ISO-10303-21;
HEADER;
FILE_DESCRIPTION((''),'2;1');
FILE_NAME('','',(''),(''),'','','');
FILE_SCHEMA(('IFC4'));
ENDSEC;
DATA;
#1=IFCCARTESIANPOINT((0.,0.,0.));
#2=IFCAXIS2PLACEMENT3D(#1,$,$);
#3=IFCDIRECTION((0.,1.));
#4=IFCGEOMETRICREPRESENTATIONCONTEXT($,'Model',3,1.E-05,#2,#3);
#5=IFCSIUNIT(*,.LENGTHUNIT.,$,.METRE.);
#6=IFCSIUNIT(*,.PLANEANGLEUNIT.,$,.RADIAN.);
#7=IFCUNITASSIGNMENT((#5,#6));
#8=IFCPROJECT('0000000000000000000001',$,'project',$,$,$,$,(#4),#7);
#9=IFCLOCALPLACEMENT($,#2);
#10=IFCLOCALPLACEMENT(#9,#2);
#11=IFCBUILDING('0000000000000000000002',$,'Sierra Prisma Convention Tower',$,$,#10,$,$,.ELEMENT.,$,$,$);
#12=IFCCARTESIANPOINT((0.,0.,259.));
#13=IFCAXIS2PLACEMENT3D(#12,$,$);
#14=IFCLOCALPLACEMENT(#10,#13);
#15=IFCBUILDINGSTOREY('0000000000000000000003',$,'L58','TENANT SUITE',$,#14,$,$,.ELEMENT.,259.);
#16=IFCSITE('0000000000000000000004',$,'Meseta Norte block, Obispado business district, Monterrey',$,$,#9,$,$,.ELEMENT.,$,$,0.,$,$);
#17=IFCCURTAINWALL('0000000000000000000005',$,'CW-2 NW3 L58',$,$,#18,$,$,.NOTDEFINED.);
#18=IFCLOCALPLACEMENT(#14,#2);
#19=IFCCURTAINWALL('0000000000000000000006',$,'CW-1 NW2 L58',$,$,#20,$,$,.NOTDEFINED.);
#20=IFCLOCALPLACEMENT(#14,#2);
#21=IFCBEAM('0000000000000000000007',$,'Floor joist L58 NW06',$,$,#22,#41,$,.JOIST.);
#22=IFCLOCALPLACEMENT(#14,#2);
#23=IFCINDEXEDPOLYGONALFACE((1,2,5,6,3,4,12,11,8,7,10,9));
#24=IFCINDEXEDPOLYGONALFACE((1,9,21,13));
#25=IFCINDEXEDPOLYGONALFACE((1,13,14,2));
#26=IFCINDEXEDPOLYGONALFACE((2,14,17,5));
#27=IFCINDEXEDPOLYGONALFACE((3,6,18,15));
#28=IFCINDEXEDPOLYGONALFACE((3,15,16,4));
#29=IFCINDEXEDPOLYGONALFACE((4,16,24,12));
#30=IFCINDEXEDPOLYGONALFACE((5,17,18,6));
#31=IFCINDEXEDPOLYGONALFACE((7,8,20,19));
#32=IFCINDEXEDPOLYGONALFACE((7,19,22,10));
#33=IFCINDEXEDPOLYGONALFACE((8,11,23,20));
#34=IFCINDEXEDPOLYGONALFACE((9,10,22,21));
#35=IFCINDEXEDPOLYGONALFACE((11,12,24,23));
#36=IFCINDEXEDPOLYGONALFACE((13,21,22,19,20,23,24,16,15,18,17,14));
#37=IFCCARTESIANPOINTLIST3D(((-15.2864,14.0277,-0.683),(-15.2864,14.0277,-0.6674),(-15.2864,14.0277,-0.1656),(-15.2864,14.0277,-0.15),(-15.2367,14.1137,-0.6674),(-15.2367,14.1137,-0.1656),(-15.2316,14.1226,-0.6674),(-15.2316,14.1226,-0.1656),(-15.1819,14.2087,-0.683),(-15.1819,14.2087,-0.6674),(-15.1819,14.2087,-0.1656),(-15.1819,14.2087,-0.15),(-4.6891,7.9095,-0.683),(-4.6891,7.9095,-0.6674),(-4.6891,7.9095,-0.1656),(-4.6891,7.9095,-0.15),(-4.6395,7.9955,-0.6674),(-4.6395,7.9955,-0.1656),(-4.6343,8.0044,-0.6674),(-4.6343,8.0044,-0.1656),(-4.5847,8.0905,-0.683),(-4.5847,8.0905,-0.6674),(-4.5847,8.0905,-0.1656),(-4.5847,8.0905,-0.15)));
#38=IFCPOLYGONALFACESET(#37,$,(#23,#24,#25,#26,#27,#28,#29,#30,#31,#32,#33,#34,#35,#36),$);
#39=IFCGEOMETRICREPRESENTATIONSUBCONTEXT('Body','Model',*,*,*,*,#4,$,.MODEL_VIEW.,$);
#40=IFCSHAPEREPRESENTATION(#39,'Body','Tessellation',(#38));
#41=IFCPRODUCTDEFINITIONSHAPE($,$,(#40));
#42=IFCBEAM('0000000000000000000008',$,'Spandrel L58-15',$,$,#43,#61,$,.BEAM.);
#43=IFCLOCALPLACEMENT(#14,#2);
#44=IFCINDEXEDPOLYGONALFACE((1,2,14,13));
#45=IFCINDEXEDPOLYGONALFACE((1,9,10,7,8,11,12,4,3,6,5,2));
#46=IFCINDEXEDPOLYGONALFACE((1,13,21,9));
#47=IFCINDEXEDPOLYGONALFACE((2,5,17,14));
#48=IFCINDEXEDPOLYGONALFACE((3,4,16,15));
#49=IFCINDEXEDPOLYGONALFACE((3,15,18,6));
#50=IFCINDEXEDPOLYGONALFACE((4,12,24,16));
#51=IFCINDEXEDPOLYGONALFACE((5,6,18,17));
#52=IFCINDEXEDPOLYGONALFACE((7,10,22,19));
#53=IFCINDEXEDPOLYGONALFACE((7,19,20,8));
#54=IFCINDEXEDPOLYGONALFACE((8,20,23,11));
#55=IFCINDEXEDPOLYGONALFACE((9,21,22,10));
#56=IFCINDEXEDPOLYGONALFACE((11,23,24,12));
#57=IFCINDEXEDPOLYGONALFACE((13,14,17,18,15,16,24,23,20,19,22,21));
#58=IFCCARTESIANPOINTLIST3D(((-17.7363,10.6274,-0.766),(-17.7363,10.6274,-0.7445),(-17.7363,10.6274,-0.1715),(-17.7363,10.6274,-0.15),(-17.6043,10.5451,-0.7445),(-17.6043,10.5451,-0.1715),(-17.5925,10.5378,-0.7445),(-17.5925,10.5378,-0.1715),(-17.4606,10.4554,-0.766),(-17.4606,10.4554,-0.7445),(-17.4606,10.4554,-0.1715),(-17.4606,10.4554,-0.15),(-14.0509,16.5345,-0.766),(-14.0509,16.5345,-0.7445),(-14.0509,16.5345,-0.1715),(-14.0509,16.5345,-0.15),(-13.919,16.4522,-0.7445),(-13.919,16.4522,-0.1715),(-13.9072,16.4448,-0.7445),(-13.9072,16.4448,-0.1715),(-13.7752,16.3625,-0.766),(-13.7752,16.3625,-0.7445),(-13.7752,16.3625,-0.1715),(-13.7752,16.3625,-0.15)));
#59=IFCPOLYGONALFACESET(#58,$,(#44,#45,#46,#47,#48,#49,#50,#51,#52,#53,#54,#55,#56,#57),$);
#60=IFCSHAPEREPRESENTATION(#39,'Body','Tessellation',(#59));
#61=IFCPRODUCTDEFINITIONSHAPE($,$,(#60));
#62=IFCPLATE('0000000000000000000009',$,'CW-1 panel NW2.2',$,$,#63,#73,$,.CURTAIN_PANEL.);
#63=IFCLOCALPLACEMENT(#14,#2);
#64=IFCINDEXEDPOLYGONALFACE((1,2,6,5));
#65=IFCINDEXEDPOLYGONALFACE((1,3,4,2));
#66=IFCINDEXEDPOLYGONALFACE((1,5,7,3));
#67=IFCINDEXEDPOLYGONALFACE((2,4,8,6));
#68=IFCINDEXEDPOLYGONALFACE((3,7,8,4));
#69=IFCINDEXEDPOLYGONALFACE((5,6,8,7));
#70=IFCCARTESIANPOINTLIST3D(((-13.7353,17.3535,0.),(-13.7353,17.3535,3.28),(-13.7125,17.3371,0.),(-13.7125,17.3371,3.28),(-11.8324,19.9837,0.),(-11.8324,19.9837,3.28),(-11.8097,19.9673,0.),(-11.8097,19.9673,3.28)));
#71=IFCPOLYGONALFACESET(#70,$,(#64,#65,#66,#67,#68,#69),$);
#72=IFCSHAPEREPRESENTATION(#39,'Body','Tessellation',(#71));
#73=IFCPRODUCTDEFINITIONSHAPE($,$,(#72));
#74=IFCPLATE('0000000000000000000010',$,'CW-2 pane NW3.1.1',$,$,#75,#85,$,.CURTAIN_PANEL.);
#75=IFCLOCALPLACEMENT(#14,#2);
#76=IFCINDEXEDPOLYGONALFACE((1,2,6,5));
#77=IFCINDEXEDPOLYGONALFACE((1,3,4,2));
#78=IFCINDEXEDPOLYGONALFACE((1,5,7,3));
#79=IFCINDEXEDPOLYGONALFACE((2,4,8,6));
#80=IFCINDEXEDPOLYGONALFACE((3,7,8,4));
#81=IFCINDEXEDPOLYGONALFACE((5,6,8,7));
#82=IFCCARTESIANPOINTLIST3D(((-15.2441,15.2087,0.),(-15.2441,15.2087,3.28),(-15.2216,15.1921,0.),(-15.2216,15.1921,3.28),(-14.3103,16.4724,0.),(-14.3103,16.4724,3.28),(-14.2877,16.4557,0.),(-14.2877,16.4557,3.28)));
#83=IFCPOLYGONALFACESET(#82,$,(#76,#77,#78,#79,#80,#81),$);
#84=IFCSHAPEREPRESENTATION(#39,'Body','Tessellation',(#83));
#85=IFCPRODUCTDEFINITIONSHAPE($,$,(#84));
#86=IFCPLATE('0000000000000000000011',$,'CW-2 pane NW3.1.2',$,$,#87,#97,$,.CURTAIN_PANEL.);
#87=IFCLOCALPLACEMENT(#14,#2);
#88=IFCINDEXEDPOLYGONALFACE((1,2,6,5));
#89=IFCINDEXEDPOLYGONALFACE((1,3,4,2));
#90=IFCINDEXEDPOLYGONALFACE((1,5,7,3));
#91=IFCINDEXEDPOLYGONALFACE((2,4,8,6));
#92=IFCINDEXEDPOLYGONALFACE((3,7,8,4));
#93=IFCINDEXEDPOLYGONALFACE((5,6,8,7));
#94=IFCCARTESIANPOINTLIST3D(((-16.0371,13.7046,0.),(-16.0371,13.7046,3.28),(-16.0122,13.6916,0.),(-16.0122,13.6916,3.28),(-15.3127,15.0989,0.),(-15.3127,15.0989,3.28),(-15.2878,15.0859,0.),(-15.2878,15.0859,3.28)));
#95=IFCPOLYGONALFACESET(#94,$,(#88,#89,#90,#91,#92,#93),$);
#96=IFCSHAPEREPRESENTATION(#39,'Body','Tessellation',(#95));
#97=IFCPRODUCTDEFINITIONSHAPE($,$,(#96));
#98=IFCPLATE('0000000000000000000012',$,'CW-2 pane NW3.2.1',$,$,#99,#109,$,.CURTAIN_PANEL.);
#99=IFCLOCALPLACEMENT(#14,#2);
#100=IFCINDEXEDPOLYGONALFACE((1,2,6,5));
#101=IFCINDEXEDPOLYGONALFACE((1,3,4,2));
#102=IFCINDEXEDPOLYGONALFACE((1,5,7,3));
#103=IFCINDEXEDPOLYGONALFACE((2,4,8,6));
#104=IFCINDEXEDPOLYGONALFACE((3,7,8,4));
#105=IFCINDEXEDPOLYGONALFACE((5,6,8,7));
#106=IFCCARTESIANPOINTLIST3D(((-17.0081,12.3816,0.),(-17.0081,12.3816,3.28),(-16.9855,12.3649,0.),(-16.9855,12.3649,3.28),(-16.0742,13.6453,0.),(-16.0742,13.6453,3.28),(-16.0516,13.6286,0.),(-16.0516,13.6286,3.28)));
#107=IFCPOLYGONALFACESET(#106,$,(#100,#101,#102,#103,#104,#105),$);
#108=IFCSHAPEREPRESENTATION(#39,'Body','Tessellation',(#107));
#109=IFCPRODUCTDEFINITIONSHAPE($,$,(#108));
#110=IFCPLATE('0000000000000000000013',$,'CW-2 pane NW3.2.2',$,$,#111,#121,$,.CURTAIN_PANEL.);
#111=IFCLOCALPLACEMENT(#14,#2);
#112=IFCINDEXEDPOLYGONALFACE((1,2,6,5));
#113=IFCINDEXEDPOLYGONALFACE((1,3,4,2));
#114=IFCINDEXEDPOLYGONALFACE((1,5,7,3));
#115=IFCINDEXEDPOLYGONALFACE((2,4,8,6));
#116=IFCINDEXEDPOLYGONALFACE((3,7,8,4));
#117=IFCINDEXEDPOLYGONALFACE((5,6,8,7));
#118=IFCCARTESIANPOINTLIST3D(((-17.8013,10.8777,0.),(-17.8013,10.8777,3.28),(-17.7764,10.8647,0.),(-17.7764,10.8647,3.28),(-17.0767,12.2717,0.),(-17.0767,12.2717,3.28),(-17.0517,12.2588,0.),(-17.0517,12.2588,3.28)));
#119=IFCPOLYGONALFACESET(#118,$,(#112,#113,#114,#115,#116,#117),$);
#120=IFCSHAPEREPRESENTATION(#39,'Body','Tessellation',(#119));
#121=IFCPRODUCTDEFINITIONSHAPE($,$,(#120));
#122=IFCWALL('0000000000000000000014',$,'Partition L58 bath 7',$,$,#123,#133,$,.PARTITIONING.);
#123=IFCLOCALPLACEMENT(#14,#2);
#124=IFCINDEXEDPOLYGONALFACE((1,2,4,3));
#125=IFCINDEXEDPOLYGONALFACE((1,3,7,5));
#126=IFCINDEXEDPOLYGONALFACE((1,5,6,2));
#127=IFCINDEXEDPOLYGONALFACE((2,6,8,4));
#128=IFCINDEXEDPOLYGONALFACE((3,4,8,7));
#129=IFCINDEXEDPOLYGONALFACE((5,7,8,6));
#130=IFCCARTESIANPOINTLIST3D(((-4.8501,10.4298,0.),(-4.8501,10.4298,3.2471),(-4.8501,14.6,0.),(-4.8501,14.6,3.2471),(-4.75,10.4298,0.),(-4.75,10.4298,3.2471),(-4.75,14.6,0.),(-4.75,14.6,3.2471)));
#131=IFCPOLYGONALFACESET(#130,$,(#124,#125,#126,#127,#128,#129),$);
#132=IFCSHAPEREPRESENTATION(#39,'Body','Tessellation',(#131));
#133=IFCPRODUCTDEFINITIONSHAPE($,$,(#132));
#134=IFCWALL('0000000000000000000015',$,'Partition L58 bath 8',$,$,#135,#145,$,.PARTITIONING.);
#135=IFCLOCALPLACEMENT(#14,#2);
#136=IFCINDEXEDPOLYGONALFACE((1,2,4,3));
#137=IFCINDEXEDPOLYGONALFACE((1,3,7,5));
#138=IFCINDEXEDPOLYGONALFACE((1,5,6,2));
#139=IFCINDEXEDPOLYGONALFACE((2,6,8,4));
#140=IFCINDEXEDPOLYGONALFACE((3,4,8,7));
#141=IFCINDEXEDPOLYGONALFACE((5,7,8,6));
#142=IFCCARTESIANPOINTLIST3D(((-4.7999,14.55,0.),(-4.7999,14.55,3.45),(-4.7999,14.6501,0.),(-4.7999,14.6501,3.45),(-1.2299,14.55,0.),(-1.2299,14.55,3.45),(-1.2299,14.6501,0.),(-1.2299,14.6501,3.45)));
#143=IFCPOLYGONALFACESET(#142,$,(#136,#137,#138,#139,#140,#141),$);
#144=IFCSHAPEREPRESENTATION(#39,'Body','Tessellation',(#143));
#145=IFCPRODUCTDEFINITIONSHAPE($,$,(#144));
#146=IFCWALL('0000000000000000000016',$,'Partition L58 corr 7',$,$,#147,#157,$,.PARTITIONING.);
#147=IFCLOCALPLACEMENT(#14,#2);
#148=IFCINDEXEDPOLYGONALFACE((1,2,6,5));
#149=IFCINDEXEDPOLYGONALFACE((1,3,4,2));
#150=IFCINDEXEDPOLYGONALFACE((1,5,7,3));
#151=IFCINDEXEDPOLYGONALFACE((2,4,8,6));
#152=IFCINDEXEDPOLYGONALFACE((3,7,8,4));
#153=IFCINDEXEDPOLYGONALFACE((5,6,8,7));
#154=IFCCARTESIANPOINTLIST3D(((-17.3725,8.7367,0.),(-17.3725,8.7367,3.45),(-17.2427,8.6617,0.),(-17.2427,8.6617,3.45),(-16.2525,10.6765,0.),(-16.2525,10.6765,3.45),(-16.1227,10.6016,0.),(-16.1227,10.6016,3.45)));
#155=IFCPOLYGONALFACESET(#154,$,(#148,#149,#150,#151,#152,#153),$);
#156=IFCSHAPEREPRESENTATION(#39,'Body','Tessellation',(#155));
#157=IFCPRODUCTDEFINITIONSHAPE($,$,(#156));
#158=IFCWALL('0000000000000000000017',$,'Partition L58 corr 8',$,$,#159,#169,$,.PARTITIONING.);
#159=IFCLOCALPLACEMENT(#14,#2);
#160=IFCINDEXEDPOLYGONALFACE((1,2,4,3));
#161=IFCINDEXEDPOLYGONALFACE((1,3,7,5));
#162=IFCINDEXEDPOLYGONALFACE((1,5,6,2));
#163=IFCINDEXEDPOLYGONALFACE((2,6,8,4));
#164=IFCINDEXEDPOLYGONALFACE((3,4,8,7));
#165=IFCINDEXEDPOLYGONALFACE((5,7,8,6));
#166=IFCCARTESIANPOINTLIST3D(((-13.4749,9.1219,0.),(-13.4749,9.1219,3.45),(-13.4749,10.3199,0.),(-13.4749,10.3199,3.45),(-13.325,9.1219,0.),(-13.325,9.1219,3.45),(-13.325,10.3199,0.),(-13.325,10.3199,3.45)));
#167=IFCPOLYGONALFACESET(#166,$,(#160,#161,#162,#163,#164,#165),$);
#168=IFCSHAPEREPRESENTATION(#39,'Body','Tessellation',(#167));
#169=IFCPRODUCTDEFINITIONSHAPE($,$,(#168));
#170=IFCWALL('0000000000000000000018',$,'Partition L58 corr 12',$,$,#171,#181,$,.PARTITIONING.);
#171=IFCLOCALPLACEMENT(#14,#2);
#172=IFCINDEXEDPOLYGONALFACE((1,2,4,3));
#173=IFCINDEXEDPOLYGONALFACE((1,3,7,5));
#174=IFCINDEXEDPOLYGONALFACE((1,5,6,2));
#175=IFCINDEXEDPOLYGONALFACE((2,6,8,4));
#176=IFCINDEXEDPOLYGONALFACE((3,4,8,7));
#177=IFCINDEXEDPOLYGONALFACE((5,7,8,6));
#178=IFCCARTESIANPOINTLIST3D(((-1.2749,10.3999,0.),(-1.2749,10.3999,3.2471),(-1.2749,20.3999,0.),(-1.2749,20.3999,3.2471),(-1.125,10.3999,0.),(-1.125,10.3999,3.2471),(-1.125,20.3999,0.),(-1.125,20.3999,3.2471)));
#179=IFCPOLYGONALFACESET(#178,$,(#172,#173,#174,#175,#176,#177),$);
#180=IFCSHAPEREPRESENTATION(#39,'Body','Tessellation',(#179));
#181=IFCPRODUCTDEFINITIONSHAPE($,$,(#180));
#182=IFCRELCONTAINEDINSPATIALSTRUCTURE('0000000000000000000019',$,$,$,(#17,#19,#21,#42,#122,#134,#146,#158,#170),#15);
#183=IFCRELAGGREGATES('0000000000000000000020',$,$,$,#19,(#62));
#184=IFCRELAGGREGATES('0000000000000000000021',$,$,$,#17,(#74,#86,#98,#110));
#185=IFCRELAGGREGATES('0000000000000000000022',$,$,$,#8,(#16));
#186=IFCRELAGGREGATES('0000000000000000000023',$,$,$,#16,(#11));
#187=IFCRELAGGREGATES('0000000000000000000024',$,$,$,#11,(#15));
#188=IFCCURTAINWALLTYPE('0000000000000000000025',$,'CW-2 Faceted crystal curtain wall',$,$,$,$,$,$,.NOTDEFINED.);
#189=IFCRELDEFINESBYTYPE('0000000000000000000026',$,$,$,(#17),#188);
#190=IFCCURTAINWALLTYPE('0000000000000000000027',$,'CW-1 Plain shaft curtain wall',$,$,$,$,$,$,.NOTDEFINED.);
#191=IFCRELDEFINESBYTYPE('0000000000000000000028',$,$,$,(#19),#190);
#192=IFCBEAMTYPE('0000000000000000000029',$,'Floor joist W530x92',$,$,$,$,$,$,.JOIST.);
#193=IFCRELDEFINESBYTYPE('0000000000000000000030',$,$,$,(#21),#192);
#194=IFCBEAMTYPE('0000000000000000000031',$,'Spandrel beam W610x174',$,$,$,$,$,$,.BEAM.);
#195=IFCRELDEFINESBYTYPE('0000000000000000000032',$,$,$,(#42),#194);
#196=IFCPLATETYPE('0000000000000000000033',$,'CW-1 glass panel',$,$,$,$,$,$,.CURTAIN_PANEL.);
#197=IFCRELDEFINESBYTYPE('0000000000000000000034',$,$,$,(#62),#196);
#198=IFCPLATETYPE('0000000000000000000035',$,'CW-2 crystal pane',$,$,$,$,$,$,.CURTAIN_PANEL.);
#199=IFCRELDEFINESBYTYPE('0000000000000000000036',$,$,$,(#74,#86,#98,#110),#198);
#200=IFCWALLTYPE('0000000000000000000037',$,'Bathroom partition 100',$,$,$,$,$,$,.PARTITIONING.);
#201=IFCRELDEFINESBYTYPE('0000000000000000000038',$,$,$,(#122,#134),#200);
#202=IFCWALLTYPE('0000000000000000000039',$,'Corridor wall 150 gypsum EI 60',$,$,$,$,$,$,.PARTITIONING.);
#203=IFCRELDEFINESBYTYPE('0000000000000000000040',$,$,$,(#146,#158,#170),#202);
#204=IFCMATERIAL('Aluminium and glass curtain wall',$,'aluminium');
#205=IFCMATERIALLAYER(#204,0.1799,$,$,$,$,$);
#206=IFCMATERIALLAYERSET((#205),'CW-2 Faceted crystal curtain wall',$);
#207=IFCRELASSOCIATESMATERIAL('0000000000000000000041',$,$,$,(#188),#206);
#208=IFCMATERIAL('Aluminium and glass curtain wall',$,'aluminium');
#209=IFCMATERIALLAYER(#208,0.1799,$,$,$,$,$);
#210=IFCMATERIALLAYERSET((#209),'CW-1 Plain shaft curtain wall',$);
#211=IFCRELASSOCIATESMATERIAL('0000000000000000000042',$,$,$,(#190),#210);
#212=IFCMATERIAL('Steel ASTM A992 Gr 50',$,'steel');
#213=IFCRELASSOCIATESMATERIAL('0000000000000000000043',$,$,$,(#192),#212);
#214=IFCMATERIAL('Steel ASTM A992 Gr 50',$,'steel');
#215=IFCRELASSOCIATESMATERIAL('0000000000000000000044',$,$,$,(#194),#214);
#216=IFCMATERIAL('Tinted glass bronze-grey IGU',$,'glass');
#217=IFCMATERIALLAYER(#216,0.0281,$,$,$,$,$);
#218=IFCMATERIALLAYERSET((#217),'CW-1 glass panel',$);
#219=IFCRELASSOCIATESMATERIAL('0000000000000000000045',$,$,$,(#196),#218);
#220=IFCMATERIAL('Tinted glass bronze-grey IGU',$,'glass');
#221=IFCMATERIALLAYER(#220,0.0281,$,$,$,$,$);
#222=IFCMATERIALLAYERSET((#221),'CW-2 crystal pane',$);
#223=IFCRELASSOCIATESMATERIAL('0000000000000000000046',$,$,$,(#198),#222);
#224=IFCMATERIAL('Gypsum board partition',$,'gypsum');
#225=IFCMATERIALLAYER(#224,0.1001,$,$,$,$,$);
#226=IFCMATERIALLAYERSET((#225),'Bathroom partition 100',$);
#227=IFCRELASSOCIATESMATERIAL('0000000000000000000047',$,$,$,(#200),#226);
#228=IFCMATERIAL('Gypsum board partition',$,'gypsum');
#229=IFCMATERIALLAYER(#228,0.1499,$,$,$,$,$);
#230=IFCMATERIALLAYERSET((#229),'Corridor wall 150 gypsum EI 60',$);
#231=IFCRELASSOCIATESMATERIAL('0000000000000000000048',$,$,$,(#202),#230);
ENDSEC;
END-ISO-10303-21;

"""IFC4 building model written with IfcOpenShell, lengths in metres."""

from ifc_helpers import new_model, si_unit, direction, frame, frame_2d, origin, origin_2d, place, context, subcontext, project, spatial, polyline, rectangle, i_section, outline, extrude, material, layer, layer_set, material_profile, profile_set, type_object, element, aggregate, save


model = new_model("IFC4")

# Units and contexts
model_context = context("Model", 3, precision=1e-05, world=origin(), true_north=direction((0.0, 1.0)))
body_context = subcontext(model_context, "Body", "Model", "MODEL_VIEW")
ifc_project = project(units=[si_unit("LENGTHUNIT", "METRE"), si_unit("PLANEANGLEUNIT", "RADIAN")], contexts=[model_context])

# Site, building, storey
site_placement = place(None, origin())
site = spatial("IfcSite", under=ifc_project, at=site_placement, Name="Meseta Norte block, Obispado business district, Monterrey", CompositionType="ELEMENT", RefElevation=0.0)
building_placement = place(site_placement, origin())
building = spatial("IfcBuilding", under=site, at=building_placement, Name="Sierra Prisma Convention Tower", CompositionType="ELEMENT")
storey_placement = place(building_placement, frame((0.0, 0.0, 259.0)))
storey = spatial("IfcBuildingStorey", under=building, at=storey_placement, Name="L58", Description="TENANT SUITE", CompositionType="ELEMENT", Elevation=259.0)

# Curtain wall
ifc_material_1 = material(Name="Aluminium and glass curtain wall", Category="aluminium")
ifc_layer_1 = layer(ifc_material_1, 0.1799)
ifc_layer_set_1 = layer_set([ifc_layer_1], Name="CW-2 Faceted crystal curtain wall")
curtain_wall_type_1 = type_object("IfcCurtainWallType", Name="CW-2 Faceted crystal curtain wall", PredefinedType="NOTDEFINED", material=ifc_layer_set_1)
curtain_wall_1_placement = place(storey_placement, origin())
curtain_wall_1 = element("IfcCurtainWall", 1, at=curtain_wall_1_placement, inside=storey, type_object=curtain_wall_type_1, Name="CW-2 NW3 L58", PredefinedType="NOTDEFINED")

# Curtain wall
ifc_material_2 = material(Name="Aluminium and glass curtain wall", Category="aluminium")
ifc_layer_2 = layer(ifc_material_2, 0.1799)
ifc_layer_set_2 = layer_set([ifc_layer_2], Name="CW-1 Plain shaft curtain wall")
curtain_wall_type_2 = type_object("IfcCurtainWallType", Name="CW-1 Plain shaft curtain wall", PredefinedType="NOTDEFINED", material=ifc_layer_set_2)
curtain_wall_2_placement = place(storey_placement, origin())
curtain_wall_2 = element("IfcCurtainWall", 2, at=curtain_wall_2_placement, inside=storey, type_object=curtain_wall_type_2, Name="CW-1 NW2 L58", PredefinedType="NOTDEFINED")

# Beams
ifc_material_3 = material(Name="Steel ASTM A992 Gr 50", Category="steel")
ifc_material_profile_1 = material_profile(ifc_material_3, i_section(OverallWidth=0.209, OverallDepth=0.533, WebThickness=0.0103, FlangeThickness=0.0156, at=origin_2d()), Name="W530x92")
ifc_profile_set_1 = profile_set([ifc_material_profile_1], Name="Steel ASTM A992 Gr 50")
beam_type_1 = type_object("IfcBeamType", Name="Floor joist W530x92", PredefinedType="JOIST", material=ifc_profile_set_1)
beam_1_placement = place(storey_placement, frame((-15.2341, 14.1182, -0.4165), z_axis=(0.866029, -0.499993, 0.0), x_axis=(0.499993, 0.866029, 0.0)))
element("IfcBeam", 3, at=beam_1_placement, inside=storey, type_object=beam_type_1, Name="Floor joist L58 NW06", PredefinedType="JOIST", context=body_context, shape_type="SweptSolid", body=[
    extrude(i_section(OverallWidth=0.209, OverallDepth=0.533, WebThickness=0.0103, FlangeThickness=0.0156, at=origin_2d()), origin(), (0.0, 0.0, 1.0), 12.2366),
])
ifc_material_4 = material(Name="Steel ASTM A992 Gr 50", Category="steel")
ifc_material_profile_2 = material_profile(ifc_material_4, i_section(OverallWidth=0.325, OverallDepth=0.616, WebThickness=0.0139, FlangeThickness=0.0215, at=origin_2d()), Name="W610x174")
ifc_profile_set_2 = profile_set([ifc_material_profile_2], Name="Steel ASTM A992 Gr 50")
beam_type_2 = type_object("IfcBeamType", Name="Spandrel beam W610x174", PredefinedType="BEAM", material=ifc_profile_set_2)
beam_2_placement = place(storey_placement, frame((-13.9131, 16.4485, -0.458), z_axis=(-0.529321, -0.848422, 0.0), x_axis=(0.848422, -0.529321, 0.0)))
element("IfcBeam", 4, at=beam_2_placement, inside=storey, type_object=beam_type_2, Name="Spandrel L58-15", PredefinedType="BEAM", context=body_context, shape_type="SweptSolid", body=[
    extrude(i_section(OverallWidth=0.325, OverallDepth=0.616, WebThickness=0.0139, FlangeThickness=0.0215, at=origin_2d()), origin(), (0.0, 0.0, 1.0), 6.9624),
])

# Plates
ifc_material_5 = material(Name="Tinted glass bronze-grey IGU", Category="glass")
ifc_layer_3 = layer(ifc_material_5, 0.0281)
ifc_layer_set_3 = layer_set([ifc_layer_3], Name="CW-1 glass panel")
plate_type_1 = type_object("IfcPlateType", Name="CW-1 glass panel", PredefinedType="CURTAIN_PANEL", material=ifc_layer_set_3)
plate_1_placement = place(storey_placement, frame((-12.7725, 18.6604, 0.0), z_axis=(0.0, 0.0, 1.0), x_axis=(-0.586158, -0.810197, 0.0)))
plate_1 = element("IfcPlate", 5, at=plate_1_placement, type_object=plate_type_1, Name="CW-1 panel NW2.2", PredefinedType="CURTAIN_PANEL", context=body_context, shape_type="SweptSolid", body=[
    extrude(rectangle(XDim=3.2463, YDim=0.0281, at=origin_2d()), origin(), (0.0, 0.0, 1.0), 3.28),
])
aggregate(curtain_wall_2, [plate_1])
ifc_material_6 = material(Name="Tinted glass bronze-grey IGU", Category="glass")
ifc_layer_4 = layer(ifc_material_6, 0.0281)
ifc_layer_set_4 = layer_set([ifc_layer_4], Name="CW-2 crystal pane")
plate_type_2 = type_object("IfcPlateType", Name="CW-2 crystal pane", PredefinedType="CURTAIN_PANEL", material=ifc_layer_set_4)
plate_2_placement = place(storey_placement, frame((-14.3103, 16.4724, 0.0), z_axis=(-0.804231, 0.594317, 0.0), x_axis=(-0.594317, -0.804231, 0.0)))
plate_2 = element("IfcPlate", 6, at=plate_2_placement, type_object=plate_type_2, Name="CW-2 pane NW3.1.1", PredefinedType="CURTAIN_PANEL", context=body_context, shape_type="SweptSolid", body=[
    extrude(outline(polyline([(0.0, 0.0), (1.5713, 0.0), (1.5713, 3.28), (0.0, 3.28), (0.0, 0.0)])), origin(), (0.0, 0.0, -1.0), 0.0281),
])
plate_3_placement = place(storey_placement, frame((-16.0371, 13.7046, 0.0), z_axis=(-0.88739, 0.46102, 0.0), x_axis=(0.46102, 0.88739, 0.0)))
plate_3 = element("IfcPlate", 7, at=plate_3_placement, type_object=plate_type_2, Name="CW-2 pane NW3.1.2", PredefinedType="CURTAIN_PANEL", context=body_context, shape_type="SweptSolid", body=[
    extrude(outline(polyline([(0.0, 0.0), (1.5712, 0.0), (1.5712, -3.28), (0.0, -3.28), (0.0, 0.0)])), origin(), (0.0, 0.0, -1.0), 0.0281),
])
plate_4_placement = place(storey_placement, frame((-16.0742, 13.6453, 0.0), z_axis=(-0.804231, 0.594317, 0.0), x_axis=(-0.594317, -0.804231, 0.0)))
plate_4 = element("IfcPlate", 8, at=plate_4_placement, type_object=plate_type_2, Name="CW-2 pane NW3.2.1", PredefinedType="CURTAIN_PANEL", context=body_context, shape_type="SweptSolid", body=[
    extrude(outline(polyline([(0.0, 0.0), (1.5713, 0.0), (1.5713, 3.28), (0.0, 3.28), (0.0, 0.0)])), origin(), (0.0, 0.0, -1.0), 0.0281),
])
plate_5_placement = place(storey_placement, frame((-17.8013, 10.8777, 0.0), z_axis=(-0.887293, 0.461206, 0.0), x_axis=(0.461206, 0.887293, 0.0)))
plate_5 = element("IfcPlate", 9, at=plate_5_placement, type_object=plate_type_2, Name="CW-2 pane NW3.2.2", PredefinedType="CURTAIN_PANEL", context=body_context, shape_type="SweptSolid", body=[
    extrude(outline(polyline([(0.0, 0.0), (1.5711, 0.0), (1.5711, -3.28), (0.0, -3.28), (0.0, 0.0)])), origin(), (0.0, 0.0, -1.0), 0.0281),
])
aggregate(curtain_wall_1, [plate_2, plate_3, plate_4, plate_5])

# Walls
ifc_material_7 = material(Name="Gypsum board partition", Category="gypsum")
ifc_layer_5 = layer(ifc_material_7, 0.1001)
ifc_layer_set_5 = layer_set([ifc_layer_5], Name="Bathroom partition 100")
wall_type_1 = type_object("IfcWallType", Name="Bathroom partition 100", PredefinedType="PARTITIONING", material=ifc_layer_set_5)
wall_1_placement = place(storey_placement, frame((-4.8, 10.4299, 0.0), z_axis=(0.0, 0.0, 1.0), x_axis=(0.0, 1.0, 0.0)))
element("IfcWall", 10, at=wall_1_placement, inside=storey, type_object=wall_type_1, Name="Partition L58 bath 7", PredefinedType="PARTITIONING", context=body_context, shape_type="SweptSolid", body=[
    extrude(rectangle(XDim=4.1702, YDim=0.1001, at=frame_2d((2.085, 0.0))), origin(), (0.0, 0.0, 1.0), 3.2471),
])
wall_2_placement = place(storey_placement, frame((-4.8, 14.6001, 0.0), z_axis=(0.0, 0.0, 1.0), x_axis=(1.0, 0.0, 0.0)))
element("IfcWall", 11, at=wall_2_placement, inside=storey, type_object=wall_type_1, Name="Partition L58 bath 8", PredefinedType="PARTITIONING", context=body_context, shape_type="SweptSolid", body=[
    extrude(rectangle(XDim=3.5701, YDim=0.1001, at=frame_2d((1.7852, 0.0))), origin(), (0.0, 0.0, 1.0), 3.45),
])
ifc_material_8 = material(Name="Gypsum board partition", Category="gypsum")
ifc_layer_6 = layer(ifc_material_8, 0.1499)
ifc_layer_set_6 = layer_set([ifc_layer_6], Name="Corridor wall 150 gypsum EI 60")
wall_type_2 = type_object("IfcWallType", Name="Corridor wall 150 gypsum EI 60", PredefinedType="PARTITIONING", material=ifc_layer_set_6)
wall_3_placement = place(storey_placement, frame((-16.1875, 10.6392, 0.0), z_axis=(0.0, 0.0, 1.0), x_axis=(-0.500031, -0.866008, 0.0)))
element("IfcWall", 12, at=wall_3_placement, inside=storey, type_object=wall_type_2, Name="Partition L58 corr 7", PredefinedType="PARTITIONING", context=body_context, shape_type="SweptSolid", body=[
    extrude(rectangle(XDim=2.24, YDim=0.1499, at=frame_2d((1.1201, 0.0))), origin(), (0.0, 0.0, 1.0), 3.45),
])
wall_4_placement = place(storey_placement, frame((-13.3999, 10.3201, 0.0), z_axis=(0.0, 0.0, 1.0), x_axis=(0.0, -1.0, 0.0)))
element("IfcWall", 13, at=wall_4_placement, inside=storey, type_object=wall_type_2, Name="Partition L58 corr 8", PredefinedType="PARTITIONING", context=body_context, shape_type="SweptSolid", body=[
    extrude(rectangle(XDim=1.198, YDim=0.1499, at=frame_2d((0.5991, 0.0))), origin(), (0.0, 0.0, 1.0), 3.45),
])
wall_5_placement = place(storey_placement, frame((-1.2, 20.3999, 0.0), z_axis=(0.0, 0.0, 1.0), x_axis=(0.0, -1.0, 0.0)))
element("IfcWall", 14, at=wall_5_placement, inside=storey, type_object=wall_type_2, Name="Partition L58 corr 12", PredefinedType="PARTITIONING", context=body_context, shape_type="SweptSolid", body=[
    extrude(rectangle(XDim=10.0, YDim=0.1499, at=frame_2d((5.0, 0.0))), origin(), (0.0, 0.0, 1.0), 3.2471),
])

save(model, "model.ifc")
